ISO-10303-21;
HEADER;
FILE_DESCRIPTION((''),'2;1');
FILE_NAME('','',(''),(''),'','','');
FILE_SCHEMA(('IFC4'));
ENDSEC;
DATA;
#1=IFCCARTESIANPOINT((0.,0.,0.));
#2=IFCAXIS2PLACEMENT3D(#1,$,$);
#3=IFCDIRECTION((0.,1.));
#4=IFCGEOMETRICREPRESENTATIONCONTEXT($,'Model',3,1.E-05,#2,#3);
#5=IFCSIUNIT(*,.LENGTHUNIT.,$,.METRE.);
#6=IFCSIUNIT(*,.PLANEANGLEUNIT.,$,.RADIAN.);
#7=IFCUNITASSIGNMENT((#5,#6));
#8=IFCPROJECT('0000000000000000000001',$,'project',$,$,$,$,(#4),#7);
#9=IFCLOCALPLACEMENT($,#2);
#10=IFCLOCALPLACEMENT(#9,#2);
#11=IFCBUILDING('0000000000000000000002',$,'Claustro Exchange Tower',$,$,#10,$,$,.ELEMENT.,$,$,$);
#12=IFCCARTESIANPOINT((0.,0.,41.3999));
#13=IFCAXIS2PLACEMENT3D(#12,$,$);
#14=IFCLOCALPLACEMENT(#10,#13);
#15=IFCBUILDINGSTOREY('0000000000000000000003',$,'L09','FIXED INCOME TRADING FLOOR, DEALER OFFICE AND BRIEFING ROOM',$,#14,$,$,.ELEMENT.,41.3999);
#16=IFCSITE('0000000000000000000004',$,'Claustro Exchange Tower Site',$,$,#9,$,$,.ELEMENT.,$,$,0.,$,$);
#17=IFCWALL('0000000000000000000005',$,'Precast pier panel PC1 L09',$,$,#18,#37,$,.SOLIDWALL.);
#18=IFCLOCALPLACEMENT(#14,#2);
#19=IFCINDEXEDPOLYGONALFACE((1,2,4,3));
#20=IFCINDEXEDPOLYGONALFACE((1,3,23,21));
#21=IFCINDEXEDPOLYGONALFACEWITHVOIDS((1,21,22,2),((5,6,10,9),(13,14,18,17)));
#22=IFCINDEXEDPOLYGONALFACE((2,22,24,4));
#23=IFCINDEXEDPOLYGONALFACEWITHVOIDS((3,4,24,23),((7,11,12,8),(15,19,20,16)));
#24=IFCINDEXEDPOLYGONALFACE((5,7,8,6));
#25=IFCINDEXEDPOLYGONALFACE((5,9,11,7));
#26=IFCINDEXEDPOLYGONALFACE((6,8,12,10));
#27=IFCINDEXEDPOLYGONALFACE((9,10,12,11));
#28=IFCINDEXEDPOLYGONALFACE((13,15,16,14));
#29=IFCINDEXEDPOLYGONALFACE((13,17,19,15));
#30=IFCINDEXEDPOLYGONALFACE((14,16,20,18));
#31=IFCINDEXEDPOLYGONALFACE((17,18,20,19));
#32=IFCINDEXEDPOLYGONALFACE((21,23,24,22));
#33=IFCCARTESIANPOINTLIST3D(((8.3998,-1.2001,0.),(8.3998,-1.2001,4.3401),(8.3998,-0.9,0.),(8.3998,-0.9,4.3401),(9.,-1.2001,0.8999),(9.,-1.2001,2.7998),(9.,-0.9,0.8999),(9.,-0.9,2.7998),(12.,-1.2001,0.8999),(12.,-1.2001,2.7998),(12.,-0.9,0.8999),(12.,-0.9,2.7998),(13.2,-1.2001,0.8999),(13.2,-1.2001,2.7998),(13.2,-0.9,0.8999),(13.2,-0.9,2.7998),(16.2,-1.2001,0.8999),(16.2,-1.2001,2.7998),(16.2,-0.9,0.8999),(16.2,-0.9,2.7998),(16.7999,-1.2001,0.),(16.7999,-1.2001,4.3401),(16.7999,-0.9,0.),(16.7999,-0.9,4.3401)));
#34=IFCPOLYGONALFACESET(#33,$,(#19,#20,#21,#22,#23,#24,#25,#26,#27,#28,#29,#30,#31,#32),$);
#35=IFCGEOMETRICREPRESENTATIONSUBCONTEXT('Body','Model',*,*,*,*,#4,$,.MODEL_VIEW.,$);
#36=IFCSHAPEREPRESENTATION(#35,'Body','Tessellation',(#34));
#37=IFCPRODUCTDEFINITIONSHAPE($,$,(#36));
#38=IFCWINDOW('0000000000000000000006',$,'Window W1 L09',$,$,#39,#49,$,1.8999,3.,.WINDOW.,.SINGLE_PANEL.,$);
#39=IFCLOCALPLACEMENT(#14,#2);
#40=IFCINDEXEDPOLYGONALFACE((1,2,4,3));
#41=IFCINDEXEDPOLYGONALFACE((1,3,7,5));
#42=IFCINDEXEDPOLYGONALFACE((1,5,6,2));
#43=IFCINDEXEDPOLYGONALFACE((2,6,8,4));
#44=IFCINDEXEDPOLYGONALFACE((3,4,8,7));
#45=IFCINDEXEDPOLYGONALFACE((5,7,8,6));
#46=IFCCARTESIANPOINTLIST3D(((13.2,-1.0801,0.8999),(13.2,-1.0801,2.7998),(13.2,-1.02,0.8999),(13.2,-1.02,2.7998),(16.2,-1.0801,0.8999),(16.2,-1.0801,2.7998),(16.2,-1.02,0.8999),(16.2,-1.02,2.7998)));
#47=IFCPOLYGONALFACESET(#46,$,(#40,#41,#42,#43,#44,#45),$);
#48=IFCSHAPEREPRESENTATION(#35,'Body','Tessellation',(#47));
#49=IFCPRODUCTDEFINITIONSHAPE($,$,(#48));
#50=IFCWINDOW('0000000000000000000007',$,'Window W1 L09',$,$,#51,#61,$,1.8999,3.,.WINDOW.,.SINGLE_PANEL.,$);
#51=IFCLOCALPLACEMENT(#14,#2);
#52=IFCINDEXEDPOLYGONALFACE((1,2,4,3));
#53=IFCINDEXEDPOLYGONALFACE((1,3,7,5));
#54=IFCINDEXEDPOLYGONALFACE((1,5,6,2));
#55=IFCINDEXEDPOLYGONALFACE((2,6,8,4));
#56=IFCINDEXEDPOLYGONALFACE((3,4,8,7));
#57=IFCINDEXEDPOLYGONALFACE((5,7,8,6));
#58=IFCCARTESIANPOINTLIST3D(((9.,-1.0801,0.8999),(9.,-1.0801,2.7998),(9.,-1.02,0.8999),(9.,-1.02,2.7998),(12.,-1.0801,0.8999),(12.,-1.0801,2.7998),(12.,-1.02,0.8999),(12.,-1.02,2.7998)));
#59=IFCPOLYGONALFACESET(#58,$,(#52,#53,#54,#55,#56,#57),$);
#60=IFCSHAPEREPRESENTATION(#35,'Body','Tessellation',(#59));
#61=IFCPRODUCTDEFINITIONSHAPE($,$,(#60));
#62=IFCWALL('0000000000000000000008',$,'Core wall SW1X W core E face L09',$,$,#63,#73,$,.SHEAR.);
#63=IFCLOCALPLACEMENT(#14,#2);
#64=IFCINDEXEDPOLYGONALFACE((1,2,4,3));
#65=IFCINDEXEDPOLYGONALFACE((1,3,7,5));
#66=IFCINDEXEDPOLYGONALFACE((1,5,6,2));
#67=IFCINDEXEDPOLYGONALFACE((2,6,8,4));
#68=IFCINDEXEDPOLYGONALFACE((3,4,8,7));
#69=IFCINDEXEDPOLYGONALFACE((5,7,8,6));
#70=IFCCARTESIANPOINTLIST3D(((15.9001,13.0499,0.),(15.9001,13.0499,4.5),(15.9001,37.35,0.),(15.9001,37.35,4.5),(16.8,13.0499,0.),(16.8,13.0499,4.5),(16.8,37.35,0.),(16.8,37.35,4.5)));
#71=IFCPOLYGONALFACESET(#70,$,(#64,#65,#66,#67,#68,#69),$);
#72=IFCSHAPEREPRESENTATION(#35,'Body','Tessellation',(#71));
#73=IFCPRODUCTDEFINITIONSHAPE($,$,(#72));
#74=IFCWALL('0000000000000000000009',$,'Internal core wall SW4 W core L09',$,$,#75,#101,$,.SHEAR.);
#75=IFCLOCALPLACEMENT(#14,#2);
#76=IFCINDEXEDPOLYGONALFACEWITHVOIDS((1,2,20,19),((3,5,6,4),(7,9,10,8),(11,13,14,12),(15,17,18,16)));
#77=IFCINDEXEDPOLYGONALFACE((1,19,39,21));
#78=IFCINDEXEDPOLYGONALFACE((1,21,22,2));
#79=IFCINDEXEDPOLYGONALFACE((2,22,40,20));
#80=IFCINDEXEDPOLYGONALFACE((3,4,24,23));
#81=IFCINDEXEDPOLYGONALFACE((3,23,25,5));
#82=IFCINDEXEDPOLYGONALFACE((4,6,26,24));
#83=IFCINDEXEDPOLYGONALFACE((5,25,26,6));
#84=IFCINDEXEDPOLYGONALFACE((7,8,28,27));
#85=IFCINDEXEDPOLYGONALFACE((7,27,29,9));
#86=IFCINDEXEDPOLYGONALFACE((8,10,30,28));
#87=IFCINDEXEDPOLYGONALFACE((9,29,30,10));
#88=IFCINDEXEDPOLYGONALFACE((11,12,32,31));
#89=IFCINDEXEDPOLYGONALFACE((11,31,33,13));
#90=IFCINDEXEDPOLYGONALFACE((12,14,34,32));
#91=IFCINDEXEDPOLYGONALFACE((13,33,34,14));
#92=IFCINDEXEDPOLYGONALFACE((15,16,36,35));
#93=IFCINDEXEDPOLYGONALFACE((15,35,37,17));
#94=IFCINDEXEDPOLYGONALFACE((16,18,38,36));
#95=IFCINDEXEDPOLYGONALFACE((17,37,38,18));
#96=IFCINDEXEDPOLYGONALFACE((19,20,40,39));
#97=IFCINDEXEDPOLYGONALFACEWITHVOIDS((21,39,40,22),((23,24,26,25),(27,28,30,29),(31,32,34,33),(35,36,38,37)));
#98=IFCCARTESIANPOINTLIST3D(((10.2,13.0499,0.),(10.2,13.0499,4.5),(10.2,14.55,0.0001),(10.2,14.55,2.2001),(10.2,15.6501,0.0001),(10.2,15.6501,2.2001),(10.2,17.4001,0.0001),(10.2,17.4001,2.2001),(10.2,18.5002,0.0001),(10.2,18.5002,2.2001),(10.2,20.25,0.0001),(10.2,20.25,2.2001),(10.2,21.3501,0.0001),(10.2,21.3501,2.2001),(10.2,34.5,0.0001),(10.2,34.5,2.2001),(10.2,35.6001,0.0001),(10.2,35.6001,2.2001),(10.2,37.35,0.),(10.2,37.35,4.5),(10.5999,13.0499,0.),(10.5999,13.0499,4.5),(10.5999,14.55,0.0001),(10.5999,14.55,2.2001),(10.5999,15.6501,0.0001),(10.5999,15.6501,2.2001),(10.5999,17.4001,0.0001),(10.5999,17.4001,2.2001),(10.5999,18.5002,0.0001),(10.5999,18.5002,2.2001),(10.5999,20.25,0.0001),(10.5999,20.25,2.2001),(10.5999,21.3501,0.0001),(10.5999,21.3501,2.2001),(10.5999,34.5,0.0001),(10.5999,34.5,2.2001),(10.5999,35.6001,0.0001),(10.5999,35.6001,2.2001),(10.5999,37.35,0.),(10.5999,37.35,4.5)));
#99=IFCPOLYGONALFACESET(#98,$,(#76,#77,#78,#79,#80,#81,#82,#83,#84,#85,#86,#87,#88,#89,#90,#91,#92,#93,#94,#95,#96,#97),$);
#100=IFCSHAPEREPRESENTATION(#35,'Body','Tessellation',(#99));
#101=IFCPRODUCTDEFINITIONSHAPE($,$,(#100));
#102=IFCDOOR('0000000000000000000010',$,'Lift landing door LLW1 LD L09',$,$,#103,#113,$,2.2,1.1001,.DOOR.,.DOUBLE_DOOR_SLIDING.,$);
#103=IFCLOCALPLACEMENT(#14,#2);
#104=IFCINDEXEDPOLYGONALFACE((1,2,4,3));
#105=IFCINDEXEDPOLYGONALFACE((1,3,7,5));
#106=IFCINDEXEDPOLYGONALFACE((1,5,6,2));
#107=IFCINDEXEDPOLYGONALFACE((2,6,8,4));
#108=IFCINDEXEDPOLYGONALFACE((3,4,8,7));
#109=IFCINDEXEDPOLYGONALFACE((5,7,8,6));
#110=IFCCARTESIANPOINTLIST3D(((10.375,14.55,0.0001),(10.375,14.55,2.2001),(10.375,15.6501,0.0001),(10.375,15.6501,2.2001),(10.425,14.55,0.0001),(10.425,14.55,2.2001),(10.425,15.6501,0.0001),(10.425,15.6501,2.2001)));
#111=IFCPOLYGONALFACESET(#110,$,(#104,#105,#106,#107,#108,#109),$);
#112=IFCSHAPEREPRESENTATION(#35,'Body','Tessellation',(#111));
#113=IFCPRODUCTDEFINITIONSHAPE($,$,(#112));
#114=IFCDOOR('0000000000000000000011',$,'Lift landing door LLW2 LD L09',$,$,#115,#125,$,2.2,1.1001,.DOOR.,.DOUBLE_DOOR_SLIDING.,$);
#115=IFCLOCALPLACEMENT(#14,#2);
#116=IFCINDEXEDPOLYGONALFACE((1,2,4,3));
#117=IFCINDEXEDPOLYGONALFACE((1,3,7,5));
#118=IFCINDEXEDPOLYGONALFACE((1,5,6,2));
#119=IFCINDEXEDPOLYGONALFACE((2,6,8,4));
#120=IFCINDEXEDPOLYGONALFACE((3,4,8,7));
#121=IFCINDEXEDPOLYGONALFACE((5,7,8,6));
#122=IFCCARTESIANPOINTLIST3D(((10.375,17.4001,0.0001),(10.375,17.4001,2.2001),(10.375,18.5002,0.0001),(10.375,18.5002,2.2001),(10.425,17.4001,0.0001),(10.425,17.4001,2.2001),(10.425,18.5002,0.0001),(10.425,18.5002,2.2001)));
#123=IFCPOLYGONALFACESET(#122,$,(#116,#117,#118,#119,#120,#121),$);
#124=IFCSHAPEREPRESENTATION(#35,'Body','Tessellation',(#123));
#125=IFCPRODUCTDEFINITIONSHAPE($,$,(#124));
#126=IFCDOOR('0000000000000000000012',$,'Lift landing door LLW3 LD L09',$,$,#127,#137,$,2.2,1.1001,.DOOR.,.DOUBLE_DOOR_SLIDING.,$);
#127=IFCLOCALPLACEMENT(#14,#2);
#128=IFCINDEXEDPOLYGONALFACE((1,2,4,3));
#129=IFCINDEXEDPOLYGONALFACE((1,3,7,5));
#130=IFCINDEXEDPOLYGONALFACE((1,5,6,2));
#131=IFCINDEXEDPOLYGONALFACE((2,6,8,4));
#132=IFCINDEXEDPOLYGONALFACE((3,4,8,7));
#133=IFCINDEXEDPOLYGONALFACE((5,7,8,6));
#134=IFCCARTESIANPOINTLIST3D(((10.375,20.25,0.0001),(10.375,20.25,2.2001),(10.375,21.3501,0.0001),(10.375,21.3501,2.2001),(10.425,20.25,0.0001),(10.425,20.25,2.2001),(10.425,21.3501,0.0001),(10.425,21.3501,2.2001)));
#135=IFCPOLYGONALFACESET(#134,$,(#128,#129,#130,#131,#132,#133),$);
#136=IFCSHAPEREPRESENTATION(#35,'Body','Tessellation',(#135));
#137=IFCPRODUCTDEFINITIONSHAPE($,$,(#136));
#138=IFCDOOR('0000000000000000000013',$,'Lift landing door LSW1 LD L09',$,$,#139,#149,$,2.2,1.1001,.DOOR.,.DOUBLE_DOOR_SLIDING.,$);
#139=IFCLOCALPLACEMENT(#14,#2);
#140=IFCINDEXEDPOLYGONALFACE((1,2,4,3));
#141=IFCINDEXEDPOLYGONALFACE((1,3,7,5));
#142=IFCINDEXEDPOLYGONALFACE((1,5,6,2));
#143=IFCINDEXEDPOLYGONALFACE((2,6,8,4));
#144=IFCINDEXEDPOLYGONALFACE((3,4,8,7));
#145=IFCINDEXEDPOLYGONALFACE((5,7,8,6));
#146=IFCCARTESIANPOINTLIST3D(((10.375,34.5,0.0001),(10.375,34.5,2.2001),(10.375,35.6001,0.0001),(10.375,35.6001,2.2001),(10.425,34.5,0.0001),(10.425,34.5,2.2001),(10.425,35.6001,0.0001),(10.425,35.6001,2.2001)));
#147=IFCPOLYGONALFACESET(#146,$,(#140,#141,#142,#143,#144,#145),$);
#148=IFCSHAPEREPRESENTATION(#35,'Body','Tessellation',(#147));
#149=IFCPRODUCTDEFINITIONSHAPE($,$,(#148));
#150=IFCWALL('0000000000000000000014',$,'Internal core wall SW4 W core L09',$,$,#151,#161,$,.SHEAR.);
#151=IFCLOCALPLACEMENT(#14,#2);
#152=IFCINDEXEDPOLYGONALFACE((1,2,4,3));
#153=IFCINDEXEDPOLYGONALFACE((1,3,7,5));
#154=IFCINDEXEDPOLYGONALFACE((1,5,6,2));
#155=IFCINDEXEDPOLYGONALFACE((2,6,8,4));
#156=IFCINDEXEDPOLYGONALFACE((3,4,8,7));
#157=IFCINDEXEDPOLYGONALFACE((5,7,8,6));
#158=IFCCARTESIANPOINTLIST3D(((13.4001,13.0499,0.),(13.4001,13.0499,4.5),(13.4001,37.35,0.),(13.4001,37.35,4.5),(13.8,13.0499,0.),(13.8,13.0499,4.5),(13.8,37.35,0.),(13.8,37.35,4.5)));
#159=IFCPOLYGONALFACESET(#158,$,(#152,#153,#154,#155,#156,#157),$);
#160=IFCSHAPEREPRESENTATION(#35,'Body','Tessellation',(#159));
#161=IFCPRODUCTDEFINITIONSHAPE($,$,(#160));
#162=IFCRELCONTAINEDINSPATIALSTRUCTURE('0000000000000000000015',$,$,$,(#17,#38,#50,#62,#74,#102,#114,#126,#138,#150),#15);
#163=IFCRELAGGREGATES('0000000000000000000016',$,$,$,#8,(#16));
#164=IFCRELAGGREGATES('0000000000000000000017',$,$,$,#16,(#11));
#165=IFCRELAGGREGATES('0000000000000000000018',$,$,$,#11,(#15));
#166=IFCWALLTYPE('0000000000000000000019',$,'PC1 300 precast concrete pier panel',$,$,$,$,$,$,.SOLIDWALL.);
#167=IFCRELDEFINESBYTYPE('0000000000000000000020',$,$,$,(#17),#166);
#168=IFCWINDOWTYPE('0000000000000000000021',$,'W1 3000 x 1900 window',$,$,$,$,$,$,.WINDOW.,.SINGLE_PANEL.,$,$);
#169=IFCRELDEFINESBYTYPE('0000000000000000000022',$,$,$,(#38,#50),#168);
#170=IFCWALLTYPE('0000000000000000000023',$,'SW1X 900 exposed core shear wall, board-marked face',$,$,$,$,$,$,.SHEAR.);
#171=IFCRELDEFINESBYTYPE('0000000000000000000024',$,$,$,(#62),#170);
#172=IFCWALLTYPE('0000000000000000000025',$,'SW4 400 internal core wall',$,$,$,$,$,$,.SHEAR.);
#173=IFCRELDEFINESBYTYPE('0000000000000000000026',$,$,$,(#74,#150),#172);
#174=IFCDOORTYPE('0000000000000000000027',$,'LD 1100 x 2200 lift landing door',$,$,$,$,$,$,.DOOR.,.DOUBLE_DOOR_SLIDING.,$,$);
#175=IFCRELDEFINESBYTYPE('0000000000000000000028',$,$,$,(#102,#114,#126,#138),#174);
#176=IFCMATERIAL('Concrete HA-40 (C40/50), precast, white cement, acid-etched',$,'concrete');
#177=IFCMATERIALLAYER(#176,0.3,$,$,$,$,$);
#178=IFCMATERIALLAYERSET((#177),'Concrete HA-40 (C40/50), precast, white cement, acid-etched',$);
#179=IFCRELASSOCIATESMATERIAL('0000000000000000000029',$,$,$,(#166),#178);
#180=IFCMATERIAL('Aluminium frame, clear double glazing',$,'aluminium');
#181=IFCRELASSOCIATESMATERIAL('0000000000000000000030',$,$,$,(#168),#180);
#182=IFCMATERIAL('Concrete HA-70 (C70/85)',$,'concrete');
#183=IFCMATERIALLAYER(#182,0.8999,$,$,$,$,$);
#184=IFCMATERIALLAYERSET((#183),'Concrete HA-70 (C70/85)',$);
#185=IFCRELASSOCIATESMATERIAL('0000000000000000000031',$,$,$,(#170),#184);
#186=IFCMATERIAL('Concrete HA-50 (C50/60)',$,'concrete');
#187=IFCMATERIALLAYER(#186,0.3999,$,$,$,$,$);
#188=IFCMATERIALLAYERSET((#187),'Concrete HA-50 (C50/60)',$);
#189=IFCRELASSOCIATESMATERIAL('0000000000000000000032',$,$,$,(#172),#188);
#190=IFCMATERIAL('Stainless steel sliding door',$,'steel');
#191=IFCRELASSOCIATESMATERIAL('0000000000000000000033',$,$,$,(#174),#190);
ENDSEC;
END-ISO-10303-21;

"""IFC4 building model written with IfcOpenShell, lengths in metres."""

from ifc_helpers import new_model, si_unit, direction, frame, frame_2d, origin, place, context, subcontext, project, spatial, rectangle, extrude, material, layer, layer_set, type_object, element, fill, save


model = new_model("IFC4")

# Units and contexts
model_context = context("Model", 3, precision=1e-05, world=origin(), true_north=direction((0.0, 1.0)))
body_context = subcontext(model_context, "Body", "Model", "MODEL_VIEW")
ifc_project = project(units=[si_unit("LENGTHUNIT", "METRE"), si_unit("PLANEANGLEUNIT", "RADIAN")], contexts=[model_context])

# Site, building, storey
site_placement = place(None, origin())
site = spatial("IfcSite", under=ifc_project, at=site_placement, Name="Claustro Exchange Tower Site", CompositionType="ELEMENT", RefElevation=0.0)
building_placement = place(site_placement, origin())
building = spatial("IfcBuilding", under=site, at=building_placement, Name="Claustro Exchange Tower", CompositionType="ELEMENT")
storey_placement = place(building_placement, frame((0.0, 0.0, 41.3999)))
storey = spatial("IfcBuildingStorey", under=building, at=storey_placement, Name="L09", Description="FIXED INCOME TRADING FLOOR, DEALER OFFICE AND BRIEFING ROOM", CompositionType="ELEMENT", Elevation=41.3999)

# Wall, openings, windows
ifc_material_1 = material(Name="Concrete HA-40 (C40/50), precast, white cement, acid-etched", Category="concrete")
ifc_layer_1 = layer(ifc_material_1, 0.3)
ifc_layer_set_1 = layer_set([ifc_layer_1], Name="Concrete HA-40 (C40/50), precast, white cement, acid-etched")
wall_type_1 = type_object("IfcWallType", Name="PC1 300 precast concrete pier panel", PredefinedType="SOLIDWALL", material=ifc_layer_set_1)
wall_1_placement = place(storey_placement, frame((16.8, -1.05, 0.0), z_axis=(0.0, 0.0, 1.0), x_axis=(-1.0, 0.0, 0.0)))
wall_1 = element("IfcWall", 1, at=wall_1_placement, inside=storey, type_object=wall_type_1, Name="Precast pier panel PC1 L09", PredefinedType="SOLIDWALL", context=body_context, shape_type="SweptSolid", body=[
    extrude(rectangle(XDim=8.4001, YDim=0.3, at=frame_2d((4.2002, 0.0))), origin(), (0.0, 0.0, 1.0), 4.3401),
])
opening_1_placement = place(wall_1_placement, frame((0.6001, 0.0, 0.8999)))
opening_1 = element("IfcOpeningElement", 2, at=opening_1_placement, cuts=wall_1, PredefinedType="OPENING", context=body_context, shape_type="SweptSolid", body=[
    extrude(rectangle(XDim=3.0, YDim=1.8999, at=frame_2d((1.5, 0.95))), frame((0.0, 0.1599, 0.0), z_axis=(0.0, -1.0, 0.0), x_axis=(1.0, 0.0, 0.0)), (0.0, 0.0, 1.0), 0.3201),
])
opening_2_placement = place(wall_1_placement, frame((4.8, 0.0, 0.8999)))
opening_2 = element("IfcOpeningElement", 3, at=opening_2_placement, cuts=wall_1, PredefinedType="OPENING", context=body_context, shape_type="SweptSolid", body=[
    extrude(rectangle(XDim=3.0, YDim=1.8999, at=frame_2d((1.5, 0.95))), frame((0.0, 0.1599, 0.0), z_axis=(0.0, -1.0, 0.0), x_axis=(1.0, 0.0, 0.0)), (0.0, 0.0, 1.0), 0.3201),
])
ifc_material_2 = material(Name="Aluminium frame, clear double glazing", Category="aluminium")
window_type = type_object("IfcWindowType", Name="W1 3000 x 1900 window", PartitioningType="SINGLE_PANEL", PredefinedType="WINDOW", material=ifc_material_2)
window_1_placement = place(opening_1_placement, origin())
window_1 = element("IfcWindow", 4, at=window_1_placement, inside=storey, type_object=window_type, Name="Window W1 L09", OverallHeight=1.8999, OverallWidth=3.0, PartitioningType="SINGLE_PANEL", PredefinedType="WINDOW", context=body_context, shape_type="SweptSolid", body=[
    extrude(rectangle(XDim=3.0, YDim=1.8999, at=frame_2d((1.5, 0.95))), frame((0.0, 0.03, 0.0), z_axis=(0.0, -1.0, 0.0), x_axis=(1.0, 0.0, 0.0)), (0.0, 0.0, 1.0), 0.0601),
])
fill(opening_1, window_1)
window_2_placement = place(opening_2_placement, origin())
window_2 = element("IfcWindow", 5, at=window_2_placement, inside=storey, type_object=window_type, Name="Window W1 L09", OverallHeight=1.8999, OverallWidth=3.0, PartitioningType="SINGLE_PANEL", PredefinedType="WINDOW", context=body_context, shape_type="SweptSolid", body=[
    extrude(rectangle(XDim=3.0, YDim=1.8999, at=frame_2d((1.5, 0.95))), frame((0.0, 0.03, 0.0), z_axis=(0.0, -1.0, 0.0), x_axis=(1.0, 0.0, 0.0)), (0.0, 0.0, 1.0), 0.0601),
])
fill(opening_2, window_2)

# Wall
ifc_material_3 = material(Name="Concrete HA-70 (C70/85)", Category="concrete")
ifc_layer_2 = layer(ifc_material_3, 0.8999)
ifc_layer_set_2 = layer_set([ifc_layer_2], Name="Concrete HA-70 (C70/85)")
wall_type_2 = type_object("IfcWallType", Name="SW1X 900 exposed core shear wall, board-marked face", PredefinedType="SHEAR", material=ifc_layer_set_2)
wall_2_placement = place(storey_placement, frame((16.3501, 13.05, 0.0), z_axis=(0.0, 0.0, 1.0), x_axis=(0.0, 1.0, 0.0)))
element("IfcWall", 6, at=wall_2_placement, inside=storey, type_object=wall_type_2, Name="Core wall SW1X W core E face L09", PredefinedType="SHEAR", context=body_context, shape_type="SweptSolid", body=[
    extrude(rectangle(XDim=24.3, YDim=0.8999, at=frame_2d((12.1499, 0.0))), origin(), (0.0, 0.0, 1.0), 4.5),
])

# Wall, openings, doors
ifc_material_4 = material(Name="Concrete HA-50 (C50/60)", Category="concrete")
ifc_layer_3 = layer(ifc_material_4, 0.3999)
ifc_layer_set_3 = layer_set([ifc_layer_3], Name="Concrete HA-50 (C50/60)")
wall_type_3 = type_object("IfcWallType", Name="SW4 400 internal core wall", PredefinedType="SHEAR", material=ifc_layer_set_3)
wall_3_placement = place(storey_placement, frame((10.3999, 13.05, 0.0), z_axis=(0.0, 0.0, 1.0), x_axis=(0.0, 1.0, 0.0)))
wall_3 = element("IfcWall", 7, at=wall_3_placement, inside=storey, type_object=wall_type_3, Name="Internal core wall SW4 W core L09", PredefinedType="SHEAR", context=body_context, shape_type="SweptSolid", body=[
    extrude(rectangle(XDim=24.3, YDim=0.3999, at=frame_2d((12.1499, 0.0))), origin(), (0.0, 0.0, 1.0), 4.5),
])
opening_3_placement = place(wall_3_placement, frame((1.5, 0.0, 0.0)))
opening_3 = element("IfcOpeningElement", 8, at=opening_3_placement, cuts=wall_3, PredefinedType="OPENING", context=body_context, shape_type="SweptSolid", body=[
    extrude(rectangle(XDim=1.1001, YDim=2.2, at=frame_2d((0.55, 1.1001))), frame((0.0, 0.21, 0.0), z_axis=(0.0, -1.0, 0.0), x_axis=(1.0, 0.0, 0.0)), (0.0, 0.0, 1.0), 0.4199),
])
opening_4_placement = place(wall_3_placement, frame((4.3501, 0.0, 0.0)))
opening_4 = element("IfcOpeningElement", 9, at=opening_4_placement, cuts=wall_3, PredefinedType="OPENING", context=body_context, shape_type="SweptSolid", body=[
    extrude(rectangle(XDim=1.1001, YDim=2.2, at=frame_2d((0.55, 1.1001))), frame((0.0, 0.21, 0.0), z_axis=(0.0, -1.0, 0.0), x_axis=(1.0, 0.0, 0.0)), (0.0, 0.0, 1.0), 0.4199),
])
opening_5_placement = place(wall_3_placement, frame((7.2, 0.0, 0.0)))
opening_5 = element("IfcOpeningElement", 10, at=opening_5_placement, cuts=wall_3, PredefinedType="OPENING", context=body_context, shape_type="SweptSolid", body=[
    extrude(rectangle(XDim=1.1001, YDim=2.2, at=frame_2d((0.55, 1.1001))), frame((0.0, 0.21, 0.0), z_axis=(0.0, -1.0, 0.0), x_axis=(1.0, 0.0, 0.0)), (0.0, 0.0, 1.0), 0.4199),
])
opening_6_placement = place(wall_3_placement, frame((21.45, 0.0, 0.0)))
opening_6 = element("IfcOpeningElement", 11, at=opening_6_placement, cuts=wall_3, PredefinedType="OPENING", context=body_context, shape_type="SweptSolid", body=[
    extrude(rectangle(XDim=1.1001, YDim=2.2, at=frame_2d((0.55, 1.1001))), frame((0.0, 0.21, 0.0), z_axis=(0.0, -1.0, 0.0), x_axis=(1.0, 0.0, 0.0)), (0.0, 0.0, 1.0), 0.4199),
])
ifc_material_5 = material(Name="Stainless steel sliding door", Category="steel")
door_type_1 = type_object("IfcDoorType", Name="LD 1100 x 2200 lift landing door", OperationType="DOUBLE_DOOR_SLIDING", PredefinedType="DOOR", material=ifc_material_5)
door_1_placement = place(opening_3_placement, origin())
door_1 = element("IfcDoor", 12, at=door_1_placement, inside=storey, type_object=door_type_1, Name="Lift landing door LLW1 LD L09", OperationType="DOUBLE_DOOR_SLIDING", OverallHeight=2.2, OverallWidth=1.1001, PredefinedType="DOOR", context=body_context, shape_type="SweptSolid", body=[
    extrude(rectangle(XDim=1.1001, YDim=2.2, at=frame_2d((0.55, 1.1001))), frame((0.0, 0.0249, 0.0), z_axis=(0.0, -1.0, 0.0), x_axis=(1.0, 0.0, 0.0)), (0.0, 0.0, 1.0), 0.05),
])
fill(opening_3, door_1)
door_2_placement = place(opening_4_placement, origin())
door_2 = element("IfcDoor", 13, at=door_2_placement, inside=storey, type_object=door_type_1, Name="Lift landing door LLW2 LD L09", OperationType="DOUBLE_DOOR_SLIDING", OverallHeight=2.2, OverallWidth=1.1001, PredefinedType="DOOR", context=body_context, shape_type="SweptSolid", body=[
    extrude(rectangle(XDim=1.1001, YDim=2.2, at=frame_2d((0.55, 1.1001))), frame((0.0, 0.0249, 0.0), z_axis=(0.0, -1.0, 0.0), x_axis=(1.0, 0.0, 0.0)), (0.0, 0.0, 1.0), 0.05),
])
fill(opening_4, door_2)
door_3_placement = place(opening_5_placement, origin())
door_3 = element("IfcDoor", 14, at=door_3_placement, inside=storey, type_object=door_type_1, Name="Lift landing door LLW3 LD L09", OperationType="DOUBLE_DOOR_SLIDING", OverallHeight=2.2, OverallWidth=1.1001, PredefinedType="DOOR", context=body_context, shape_type="SweptSolid", body=[
    extrude(rectangle(XDim=1.1001, YDim=2.2, at=frame_2d((0.55, 1.1001))), frame((0.0, 0.0249, 0.0), z_axis=(0.0, -1.0, 0.0), x_axis=(1.0, 0.0, 0.0)), (0.0, 0.0, 1.0), 0.05),
])
fill(opening_5, door_3)
door_4_placement = place(opening_6_placement, origin())
door_4 = element("IfcDoor", 15, at=door_4_placement, inside=storey, type_object=door_type_1, Name="Lift landing door LSW1 LD L09", OperationType="DOUBLE_DOOR_SLIDING", OverallHeight=2.2, OverallWidth=1.1001, PredefinedType="DOOR", context=body_context, shape_type="SweptSolid", body=[
    extrude(rectangle(XDim=1.1001, YDim=2.2, at=frame_2d((0.55, 1.1001))), frame((0.0, 0.0249, 0.0), z_axis=(0.0, -1.0, 0.0), x_axis=(1.0, 0.0, 0.0)), (0.0, 0.0, 1.0), 0.05),
])
fill(opening_6, door_4)

# Wall
wall_4_placement = place(storey_placement, frame((13.6001, 13.05, 0.0), z_axis=(0.0, 0.0, 1.0), x_axis=(0.0, 1.0, 0.0)))
element("IfcWall", 16, at=wall_4_placement, inside=storey, type_object=wall_type_3, Name="Internal core wall SW4 W core L09", PredefinedType="SHEAR", context=body_context, shape_type="SweptSolid", body=[
    extrude(rectangle(XDim=24.3, YDim=0.3999, at=frame_2d((12.1499, 0.0))), origin(), (0.0, 0.0, 1.0), 4.5),
])

save(model, "model.ifc")
